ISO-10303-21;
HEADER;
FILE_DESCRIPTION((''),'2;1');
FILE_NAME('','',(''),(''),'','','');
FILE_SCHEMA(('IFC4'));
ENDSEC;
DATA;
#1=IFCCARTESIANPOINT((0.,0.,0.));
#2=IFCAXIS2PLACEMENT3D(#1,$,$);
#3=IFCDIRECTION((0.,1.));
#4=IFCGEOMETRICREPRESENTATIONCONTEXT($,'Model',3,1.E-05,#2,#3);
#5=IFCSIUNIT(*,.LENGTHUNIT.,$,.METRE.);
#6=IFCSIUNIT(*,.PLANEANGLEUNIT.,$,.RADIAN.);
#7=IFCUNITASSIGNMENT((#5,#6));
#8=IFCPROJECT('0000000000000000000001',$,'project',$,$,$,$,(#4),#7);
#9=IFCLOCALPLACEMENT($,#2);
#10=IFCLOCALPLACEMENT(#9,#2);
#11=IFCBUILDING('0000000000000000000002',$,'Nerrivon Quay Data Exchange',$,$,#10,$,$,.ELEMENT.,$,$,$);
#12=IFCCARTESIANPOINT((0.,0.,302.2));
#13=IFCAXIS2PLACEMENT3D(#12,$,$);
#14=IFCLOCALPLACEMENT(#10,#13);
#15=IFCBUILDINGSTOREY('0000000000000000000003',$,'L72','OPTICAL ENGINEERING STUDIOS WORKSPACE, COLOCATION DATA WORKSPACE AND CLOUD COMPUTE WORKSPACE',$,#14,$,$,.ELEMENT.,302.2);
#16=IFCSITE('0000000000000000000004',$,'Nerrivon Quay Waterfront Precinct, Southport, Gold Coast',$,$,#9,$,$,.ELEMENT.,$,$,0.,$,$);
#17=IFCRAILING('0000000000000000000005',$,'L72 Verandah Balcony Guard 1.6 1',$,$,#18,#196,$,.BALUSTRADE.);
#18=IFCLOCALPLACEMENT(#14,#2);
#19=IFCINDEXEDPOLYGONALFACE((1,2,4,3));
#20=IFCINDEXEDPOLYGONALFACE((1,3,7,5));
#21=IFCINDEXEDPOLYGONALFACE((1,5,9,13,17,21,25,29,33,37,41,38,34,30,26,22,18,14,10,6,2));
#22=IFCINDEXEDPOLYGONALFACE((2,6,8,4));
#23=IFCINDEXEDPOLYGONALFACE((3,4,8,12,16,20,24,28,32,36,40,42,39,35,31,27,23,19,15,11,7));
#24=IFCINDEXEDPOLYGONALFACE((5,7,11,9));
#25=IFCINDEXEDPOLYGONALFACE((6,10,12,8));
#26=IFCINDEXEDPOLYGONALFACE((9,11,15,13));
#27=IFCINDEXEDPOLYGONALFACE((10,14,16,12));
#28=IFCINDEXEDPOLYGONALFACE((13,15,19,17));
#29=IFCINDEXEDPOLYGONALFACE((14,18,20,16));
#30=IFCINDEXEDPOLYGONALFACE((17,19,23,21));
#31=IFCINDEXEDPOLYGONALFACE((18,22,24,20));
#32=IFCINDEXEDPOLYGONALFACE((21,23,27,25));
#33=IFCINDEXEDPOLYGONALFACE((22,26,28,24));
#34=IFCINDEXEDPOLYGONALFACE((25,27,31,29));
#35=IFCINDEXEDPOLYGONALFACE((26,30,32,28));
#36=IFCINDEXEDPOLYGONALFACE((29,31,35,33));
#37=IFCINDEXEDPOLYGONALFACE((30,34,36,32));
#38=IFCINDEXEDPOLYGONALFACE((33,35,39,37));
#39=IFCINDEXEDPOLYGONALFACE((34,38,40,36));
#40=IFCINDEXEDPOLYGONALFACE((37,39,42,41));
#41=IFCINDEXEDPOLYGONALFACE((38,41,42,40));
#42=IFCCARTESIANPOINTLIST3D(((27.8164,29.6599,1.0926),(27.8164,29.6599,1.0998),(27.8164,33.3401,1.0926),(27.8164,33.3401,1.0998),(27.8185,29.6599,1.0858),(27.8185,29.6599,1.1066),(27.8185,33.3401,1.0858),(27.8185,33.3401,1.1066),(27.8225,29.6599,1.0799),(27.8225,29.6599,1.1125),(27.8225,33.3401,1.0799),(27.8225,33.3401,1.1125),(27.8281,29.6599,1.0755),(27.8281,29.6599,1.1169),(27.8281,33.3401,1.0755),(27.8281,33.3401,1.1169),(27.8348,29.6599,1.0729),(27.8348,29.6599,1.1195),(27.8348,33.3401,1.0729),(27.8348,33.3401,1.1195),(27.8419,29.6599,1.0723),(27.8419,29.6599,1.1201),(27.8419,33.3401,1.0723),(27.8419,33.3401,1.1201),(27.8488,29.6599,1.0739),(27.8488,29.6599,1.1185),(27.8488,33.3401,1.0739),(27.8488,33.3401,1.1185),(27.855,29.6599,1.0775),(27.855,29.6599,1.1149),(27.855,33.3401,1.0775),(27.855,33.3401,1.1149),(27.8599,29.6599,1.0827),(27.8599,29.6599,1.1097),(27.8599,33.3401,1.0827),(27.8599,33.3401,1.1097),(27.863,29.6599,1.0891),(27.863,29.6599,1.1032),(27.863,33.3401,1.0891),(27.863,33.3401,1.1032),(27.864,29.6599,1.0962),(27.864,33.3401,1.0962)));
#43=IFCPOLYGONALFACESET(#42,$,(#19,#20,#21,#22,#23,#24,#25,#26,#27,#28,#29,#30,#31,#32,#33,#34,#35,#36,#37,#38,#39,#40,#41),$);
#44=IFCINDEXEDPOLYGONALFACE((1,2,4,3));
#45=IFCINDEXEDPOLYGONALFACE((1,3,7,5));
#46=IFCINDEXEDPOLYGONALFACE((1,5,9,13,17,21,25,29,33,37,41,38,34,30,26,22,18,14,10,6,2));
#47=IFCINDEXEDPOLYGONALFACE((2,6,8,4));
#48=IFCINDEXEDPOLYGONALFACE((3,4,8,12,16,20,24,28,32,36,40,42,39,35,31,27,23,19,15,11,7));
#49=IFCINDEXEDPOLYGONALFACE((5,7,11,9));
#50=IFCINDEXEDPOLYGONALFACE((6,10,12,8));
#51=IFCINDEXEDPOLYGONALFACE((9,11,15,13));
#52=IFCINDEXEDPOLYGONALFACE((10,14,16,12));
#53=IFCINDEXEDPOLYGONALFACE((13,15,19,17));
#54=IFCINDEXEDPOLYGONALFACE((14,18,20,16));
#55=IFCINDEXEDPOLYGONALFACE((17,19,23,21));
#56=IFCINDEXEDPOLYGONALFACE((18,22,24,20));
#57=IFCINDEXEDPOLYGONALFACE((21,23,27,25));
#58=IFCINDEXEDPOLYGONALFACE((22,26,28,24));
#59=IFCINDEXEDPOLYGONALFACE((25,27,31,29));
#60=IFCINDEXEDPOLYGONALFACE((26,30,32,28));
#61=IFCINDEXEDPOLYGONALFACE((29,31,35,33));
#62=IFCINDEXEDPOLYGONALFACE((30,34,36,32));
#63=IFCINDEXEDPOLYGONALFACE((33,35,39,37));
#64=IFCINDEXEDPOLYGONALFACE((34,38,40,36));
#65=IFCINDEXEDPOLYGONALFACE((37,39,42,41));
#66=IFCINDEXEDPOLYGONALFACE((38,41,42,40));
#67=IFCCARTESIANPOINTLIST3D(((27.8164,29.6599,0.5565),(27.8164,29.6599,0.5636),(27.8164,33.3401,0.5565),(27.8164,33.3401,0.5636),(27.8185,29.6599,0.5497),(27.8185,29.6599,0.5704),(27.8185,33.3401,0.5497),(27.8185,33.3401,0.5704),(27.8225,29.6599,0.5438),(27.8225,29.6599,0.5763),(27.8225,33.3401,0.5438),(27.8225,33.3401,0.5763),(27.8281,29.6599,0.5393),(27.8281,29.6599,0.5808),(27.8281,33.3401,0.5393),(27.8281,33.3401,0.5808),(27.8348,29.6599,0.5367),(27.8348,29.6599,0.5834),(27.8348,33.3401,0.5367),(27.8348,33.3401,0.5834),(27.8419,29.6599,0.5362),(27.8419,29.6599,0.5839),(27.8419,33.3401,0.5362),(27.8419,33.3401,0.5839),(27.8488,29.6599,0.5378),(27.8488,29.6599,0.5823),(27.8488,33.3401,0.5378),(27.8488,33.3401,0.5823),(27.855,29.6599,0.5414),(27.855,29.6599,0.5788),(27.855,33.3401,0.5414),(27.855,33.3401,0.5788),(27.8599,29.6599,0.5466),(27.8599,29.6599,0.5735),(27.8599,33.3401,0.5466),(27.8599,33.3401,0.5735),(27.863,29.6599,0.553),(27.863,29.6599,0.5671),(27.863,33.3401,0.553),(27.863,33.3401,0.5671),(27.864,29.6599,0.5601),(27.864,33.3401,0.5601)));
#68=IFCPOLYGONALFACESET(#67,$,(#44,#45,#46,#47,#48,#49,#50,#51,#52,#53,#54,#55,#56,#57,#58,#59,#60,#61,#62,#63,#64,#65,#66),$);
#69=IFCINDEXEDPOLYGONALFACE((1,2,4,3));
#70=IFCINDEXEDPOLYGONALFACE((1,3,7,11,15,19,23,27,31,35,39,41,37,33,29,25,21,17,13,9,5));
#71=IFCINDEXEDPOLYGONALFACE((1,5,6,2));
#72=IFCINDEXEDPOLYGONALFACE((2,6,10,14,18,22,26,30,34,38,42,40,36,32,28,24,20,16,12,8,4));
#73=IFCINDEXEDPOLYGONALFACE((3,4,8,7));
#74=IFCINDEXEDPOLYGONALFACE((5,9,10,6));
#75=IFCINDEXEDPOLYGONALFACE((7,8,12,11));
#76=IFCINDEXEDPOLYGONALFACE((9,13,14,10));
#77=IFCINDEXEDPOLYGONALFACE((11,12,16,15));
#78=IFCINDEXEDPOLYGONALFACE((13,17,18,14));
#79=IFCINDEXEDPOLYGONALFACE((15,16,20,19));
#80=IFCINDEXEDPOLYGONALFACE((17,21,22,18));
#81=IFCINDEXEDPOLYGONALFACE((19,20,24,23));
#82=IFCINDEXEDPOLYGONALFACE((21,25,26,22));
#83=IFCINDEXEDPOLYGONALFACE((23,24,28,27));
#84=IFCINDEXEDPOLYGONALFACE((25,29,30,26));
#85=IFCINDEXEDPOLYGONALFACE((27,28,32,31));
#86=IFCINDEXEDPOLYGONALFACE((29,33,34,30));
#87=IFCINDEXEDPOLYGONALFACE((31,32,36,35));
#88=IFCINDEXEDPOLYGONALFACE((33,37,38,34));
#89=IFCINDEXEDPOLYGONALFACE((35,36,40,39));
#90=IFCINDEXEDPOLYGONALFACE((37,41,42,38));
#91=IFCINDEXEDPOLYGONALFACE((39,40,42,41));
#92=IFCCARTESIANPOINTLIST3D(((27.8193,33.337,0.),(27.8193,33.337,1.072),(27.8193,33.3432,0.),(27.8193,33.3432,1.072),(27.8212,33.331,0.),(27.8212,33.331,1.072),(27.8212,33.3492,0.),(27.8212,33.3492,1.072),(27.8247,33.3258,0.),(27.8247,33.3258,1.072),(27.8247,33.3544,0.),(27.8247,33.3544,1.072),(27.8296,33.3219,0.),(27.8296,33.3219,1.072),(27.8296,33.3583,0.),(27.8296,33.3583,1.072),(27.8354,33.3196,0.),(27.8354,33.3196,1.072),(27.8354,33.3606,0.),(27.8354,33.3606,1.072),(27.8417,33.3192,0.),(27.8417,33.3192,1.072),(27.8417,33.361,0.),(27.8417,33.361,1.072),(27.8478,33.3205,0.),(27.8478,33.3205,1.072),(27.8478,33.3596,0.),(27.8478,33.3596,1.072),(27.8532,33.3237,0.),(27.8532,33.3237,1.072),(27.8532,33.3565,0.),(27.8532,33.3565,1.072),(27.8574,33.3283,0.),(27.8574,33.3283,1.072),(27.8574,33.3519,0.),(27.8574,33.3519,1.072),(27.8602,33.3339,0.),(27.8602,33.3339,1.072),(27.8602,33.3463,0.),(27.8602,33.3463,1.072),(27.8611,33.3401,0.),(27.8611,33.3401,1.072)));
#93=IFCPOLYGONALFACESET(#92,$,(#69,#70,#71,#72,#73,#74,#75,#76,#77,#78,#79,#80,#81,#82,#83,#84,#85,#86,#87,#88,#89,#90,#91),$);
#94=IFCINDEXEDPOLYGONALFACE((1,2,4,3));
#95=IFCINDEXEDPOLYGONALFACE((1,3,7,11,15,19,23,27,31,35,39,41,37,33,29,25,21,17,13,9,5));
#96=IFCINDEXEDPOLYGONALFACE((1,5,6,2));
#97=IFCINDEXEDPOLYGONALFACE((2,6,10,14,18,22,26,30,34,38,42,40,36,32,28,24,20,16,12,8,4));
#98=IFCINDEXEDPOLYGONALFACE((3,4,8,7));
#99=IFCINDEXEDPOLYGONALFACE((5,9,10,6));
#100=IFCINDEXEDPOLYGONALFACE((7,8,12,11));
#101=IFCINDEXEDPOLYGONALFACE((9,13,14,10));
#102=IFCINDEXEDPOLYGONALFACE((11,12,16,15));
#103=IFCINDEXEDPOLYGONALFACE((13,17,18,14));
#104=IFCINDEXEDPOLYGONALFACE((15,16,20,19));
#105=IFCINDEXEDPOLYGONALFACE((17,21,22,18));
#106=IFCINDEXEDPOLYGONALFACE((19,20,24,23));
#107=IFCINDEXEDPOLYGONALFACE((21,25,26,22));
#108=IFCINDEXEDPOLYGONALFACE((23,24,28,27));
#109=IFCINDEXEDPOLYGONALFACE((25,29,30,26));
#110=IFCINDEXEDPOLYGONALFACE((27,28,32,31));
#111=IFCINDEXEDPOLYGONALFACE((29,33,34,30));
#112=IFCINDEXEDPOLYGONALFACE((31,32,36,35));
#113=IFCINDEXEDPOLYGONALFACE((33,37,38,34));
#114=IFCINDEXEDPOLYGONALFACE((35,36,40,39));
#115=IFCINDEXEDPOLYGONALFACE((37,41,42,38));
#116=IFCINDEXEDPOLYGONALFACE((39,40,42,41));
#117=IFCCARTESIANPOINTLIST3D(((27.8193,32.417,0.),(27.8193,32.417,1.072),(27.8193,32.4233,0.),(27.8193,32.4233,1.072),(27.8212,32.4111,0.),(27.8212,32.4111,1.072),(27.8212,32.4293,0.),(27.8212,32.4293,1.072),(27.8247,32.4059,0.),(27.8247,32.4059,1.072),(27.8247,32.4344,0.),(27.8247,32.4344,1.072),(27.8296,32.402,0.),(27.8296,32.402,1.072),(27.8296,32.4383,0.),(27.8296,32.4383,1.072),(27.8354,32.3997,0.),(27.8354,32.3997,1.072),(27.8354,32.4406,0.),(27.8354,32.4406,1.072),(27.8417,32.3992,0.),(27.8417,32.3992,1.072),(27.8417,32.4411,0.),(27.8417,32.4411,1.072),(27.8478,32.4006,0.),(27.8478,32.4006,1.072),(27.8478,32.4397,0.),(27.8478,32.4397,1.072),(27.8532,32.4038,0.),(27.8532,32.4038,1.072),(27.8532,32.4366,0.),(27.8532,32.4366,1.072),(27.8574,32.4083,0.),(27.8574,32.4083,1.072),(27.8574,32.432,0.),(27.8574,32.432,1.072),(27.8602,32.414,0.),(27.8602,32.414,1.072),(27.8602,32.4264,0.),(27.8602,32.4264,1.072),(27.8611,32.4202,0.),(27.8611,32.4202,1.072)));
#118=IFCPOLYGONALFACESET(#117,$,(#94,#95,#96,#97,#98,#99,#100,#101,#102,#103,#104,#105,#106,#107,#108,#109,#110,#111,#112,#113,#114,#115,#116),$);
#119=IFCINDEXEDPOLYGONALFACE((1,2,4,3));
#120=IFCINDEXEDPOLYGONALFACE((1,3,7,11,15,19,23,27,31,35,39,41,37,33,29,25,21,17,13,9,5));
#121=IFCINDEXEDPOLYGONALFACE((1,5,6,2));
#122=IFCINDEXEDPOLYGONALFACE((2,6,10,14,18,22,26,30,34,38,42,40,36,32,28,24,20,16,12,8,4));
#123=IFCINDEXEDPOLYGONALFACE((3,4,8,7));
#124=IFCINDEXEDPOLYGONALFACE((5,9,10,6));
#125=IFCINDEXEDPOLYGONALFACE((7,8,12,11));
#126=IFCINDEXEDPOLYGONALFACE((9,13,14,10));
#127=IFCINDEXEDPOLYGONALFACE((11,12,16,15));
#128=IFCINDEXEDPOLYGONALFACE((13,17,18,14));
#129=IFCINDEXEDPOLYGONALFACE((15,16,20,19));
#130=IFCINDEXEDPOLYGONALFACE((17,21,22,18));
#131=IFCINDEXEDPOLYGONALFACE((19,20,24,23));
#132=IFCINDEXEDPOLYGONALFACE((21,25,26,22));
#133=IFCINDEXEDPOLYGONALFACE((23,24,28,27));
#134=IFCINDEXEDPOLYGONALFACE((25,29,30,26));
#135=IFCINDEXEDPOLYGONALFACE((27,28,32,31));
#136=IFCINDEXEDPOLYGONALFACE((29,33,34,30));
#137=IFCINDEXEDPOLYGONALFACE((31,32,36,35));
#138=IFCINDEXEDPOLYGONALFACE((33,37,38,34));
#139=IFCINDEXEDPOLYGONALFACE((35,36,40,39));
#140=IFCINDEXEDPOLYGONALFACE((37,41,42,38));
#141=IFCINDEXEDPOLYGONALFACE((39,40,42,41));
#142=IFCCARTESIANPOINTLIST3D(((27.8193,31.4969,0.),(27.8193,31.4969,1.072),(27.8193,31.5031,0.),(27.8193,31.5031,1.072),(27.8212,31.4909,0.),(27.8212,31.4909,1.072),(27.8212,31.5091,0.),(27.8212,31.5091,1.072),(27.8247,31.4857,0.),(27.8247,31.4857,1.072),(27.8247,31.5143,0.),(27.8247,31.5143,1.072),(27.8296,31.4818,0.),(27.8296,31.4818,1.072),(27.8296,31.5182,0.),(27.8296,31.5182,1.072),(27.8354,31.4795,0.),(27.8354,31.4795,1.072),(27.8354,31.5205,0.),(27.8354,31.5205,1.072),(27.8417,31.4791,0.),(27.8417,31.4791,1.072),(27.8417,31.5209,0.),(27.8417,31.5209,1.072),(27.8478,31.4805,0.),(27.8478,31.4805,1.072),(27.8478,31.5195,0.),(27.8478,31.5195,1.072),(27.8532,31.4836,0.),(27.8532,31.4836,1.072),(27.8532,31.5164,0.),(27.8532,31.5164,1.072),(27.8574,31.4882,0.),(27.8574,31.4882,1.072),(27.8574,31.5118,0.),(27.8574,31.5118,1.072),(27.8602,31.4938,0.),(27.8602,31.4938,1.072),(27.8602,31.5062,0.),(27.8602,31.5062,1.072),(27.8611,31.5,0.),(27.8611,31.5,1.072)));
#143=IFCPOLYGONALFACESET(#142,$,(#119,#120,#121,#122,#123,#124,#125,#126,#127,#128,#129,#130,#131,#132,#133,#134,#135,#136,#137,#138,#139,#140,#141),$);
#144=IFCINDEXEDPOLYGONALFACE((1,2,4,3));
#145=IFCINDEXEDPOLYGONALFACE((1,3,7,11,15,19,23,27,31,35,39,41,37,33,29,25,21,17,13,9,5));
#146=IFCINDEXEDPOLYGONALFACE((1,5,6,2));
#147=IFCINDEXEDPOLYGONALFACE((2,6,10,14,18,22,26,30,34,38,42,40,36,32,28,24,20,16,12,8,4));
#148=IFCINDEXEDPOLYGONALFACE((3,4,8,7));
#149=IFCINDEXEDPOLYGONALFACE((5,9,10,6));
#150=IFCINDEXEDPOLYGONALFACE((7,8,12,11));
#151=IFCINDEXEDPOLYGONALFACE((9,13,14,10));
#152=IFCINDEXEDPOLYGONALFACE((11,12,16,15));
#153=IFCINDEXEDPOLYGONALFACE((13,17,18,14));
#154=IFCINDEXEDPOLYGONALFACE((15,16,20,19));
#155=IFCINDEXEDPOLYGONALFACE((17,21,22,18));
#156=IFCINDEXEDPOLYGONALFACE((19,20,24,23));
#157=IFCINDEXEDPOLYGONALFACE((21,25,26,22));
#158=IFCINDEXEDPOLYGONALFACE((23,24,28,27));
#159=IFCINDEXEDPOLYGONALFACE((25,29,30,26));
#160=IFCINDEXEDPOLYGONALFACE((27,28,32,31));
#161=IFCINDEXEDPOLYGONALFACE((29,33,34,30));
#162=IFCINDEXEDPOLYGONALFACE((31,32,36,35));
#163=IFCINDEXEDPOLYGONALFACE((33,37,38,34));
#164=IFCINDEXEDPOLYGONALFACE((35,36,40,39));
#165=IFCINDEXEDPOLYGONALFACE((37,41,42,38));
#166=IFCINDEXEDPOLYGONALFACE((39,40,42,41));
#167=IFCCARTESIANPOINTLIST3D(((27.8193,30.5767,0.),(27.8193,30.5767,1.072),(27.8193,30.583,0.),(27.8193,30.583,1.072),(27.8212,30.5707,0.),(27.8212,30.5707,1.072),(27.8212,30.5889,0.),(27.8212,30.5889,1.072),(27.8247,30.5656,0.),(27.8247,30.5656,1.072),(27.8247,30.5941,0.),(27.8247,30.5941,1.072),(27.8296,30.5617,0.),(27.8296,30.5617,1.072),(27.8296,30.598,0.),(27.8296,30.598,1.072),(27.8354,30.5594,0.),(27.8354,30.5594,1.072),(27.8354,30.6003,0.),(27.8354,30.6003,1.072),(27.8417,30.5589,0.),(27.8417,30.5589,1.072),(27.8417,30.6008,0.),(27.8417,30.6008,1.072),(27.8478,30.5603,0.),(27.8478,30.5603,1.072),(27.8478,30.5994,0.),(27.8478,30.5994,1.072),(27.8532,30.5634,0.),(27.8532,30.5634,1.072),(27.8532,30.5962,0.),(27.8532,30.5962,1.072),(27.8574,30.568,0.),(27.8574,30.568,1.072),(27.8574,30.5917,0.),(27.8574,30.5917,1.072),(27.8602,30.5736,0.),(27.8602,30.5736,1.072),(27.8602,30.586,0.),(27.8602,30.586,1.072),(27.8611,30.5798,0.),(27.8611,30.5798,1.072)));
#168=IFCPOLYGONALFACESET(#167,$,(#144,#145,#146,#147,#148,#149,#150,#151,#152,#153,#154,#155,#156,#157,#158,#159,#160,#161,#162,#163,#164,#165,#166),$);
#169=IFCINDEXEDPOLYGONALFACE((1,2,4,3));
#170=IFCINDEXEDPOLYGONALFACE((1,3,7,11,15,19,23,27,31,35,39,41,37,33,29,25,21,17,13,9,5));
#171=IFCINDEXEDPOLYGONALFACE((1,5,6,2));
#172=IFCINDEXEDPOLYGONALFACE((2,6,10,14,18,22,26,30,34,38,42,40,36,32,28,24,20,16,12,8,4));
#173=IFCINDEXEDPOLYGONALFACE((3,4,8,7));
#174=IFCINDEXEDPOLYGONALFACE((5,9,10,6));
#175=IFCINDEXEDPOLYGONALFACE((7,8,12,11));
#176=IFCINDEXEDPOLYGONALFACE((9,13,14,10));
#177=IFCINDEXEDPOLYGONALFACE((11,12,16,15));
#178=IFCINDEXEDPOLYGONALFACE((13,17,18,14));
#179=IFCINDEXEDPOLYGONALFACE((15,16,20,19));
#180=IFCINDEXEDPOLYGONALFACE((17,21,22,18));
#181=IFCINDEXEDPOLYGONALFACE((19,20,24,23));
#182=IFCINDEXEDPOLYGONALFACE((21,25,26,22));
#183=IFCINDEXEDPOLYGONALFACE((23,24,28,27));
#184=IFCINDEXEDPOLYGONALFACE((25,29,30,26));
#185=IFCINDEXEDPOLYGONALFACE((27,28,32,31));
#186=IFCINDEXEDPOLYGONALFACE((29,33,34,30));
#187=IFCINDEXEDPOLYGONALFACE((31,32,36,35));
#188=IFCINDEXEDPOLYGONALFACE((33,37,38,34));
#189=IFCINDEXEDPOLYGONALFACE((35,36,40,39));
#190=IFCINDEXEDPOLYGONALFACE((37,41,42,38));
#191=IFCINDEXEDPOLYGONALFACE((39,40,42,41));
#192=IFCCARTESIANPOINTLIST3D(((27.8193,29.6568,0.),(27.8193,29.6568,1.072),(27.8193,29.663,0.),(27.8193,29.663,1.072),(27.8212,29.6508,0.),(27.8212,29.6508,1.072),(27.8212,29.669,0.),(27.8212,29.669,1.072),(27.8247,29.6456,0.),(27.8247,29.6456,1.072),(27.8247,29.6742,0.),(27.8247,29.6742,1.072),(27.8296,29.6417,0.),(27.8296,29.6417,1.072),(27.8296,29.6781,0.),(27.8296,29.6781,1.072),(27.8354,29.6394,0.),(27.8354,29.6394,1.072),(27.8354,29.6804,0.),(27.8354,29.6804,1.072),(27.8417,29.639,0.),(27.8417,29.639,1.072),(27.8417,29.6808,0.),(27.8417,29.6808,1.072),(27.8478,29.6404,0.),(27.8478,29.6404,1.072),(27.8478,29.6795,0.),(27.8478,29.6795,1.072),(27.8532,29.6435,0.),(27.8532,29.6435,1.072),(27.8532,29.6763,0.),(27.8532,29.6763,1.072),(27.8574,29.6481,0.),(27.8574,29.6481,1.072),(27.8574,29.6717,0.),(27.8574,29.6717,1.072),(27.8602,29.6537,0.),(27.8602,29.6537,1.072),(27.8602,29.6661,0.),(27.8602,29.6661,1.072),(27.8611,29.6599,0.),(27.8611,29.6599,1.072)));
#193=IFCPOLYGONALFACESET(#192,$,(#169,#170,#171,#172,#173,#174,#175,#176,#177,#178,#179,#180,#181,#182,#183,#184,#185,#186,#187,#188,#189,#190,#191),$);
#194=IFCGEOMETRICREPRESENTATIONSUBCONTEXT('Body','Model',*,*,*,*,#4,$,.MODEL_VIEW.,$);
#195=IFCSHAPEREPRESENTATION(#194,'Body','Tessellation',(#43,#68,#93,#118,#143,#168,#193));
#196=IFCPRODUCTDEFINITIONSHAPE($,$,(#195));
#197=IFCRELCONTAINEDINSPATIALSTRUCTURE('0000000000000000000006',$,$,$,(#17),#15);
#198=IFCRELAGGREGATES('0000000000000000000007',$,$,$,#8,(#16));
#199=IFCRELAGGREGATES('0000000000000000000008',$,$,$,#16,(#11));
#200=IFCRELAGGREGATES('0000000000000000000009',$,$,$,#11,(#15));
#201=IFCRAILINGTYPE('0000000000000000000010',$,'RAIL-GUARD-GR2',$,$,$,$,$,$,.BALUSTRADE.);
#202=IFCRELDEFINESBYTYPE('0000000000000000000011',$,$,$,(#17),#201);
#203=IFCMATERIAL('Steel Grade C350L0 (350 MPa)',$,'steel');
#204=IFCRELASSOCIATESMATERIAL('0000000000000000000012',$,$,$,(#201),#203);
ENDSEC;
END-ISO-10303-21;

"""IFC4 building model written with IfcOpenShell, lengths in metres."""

from ifc_helpers import new_model, si_unit, direction, frame, origin, origin_2d, place, context, subcontext, project, spatial, circle, extrude, material, type_object, element, save


model = new_model("IFC4")

# Units and contexts
model_context = context("Model", 3, precision=1e-05, world=origin(), true_north=direction((0.0, 1.0)))
body_context = subcontext(model_context, "Body", "Model", "MODEL_VIEW")
ifc_project = project(units=[si_unit("LENGTHUNIT", "METRE"), si_unit("PLANEANGLEUNIT", "RADIAN")], contexts=[model_context])

# Site, building, storey
site_placement = place(None, origin())
site = spatial("IfcSite", under=ifc_project, at=site_placement, Name="Nerrivon Quay Waterfront Precinct, Southport, Gold Coast", CompositionType="ELEMENT", RefElevation=0.0)
building_placement = place(site_placement, origin())
building = spatial("IfcBuilding", under=site, at=building_placement, Name="Nerrivon Quay Data Exchange", CompositionType="ELEMENT")
storey_placement = place(building_placement, frame((0.0, 0.0, 302.2)))
storey = spatial("IfcBuildingStorey", under=building, at=storey_placement, Name="L72", Description="OPTICAL ENGINEERING STUDIOS WORKSPACE, COLOCATION DATA WORKSPACE AND CLOUD COMPUTE WORKSPACE", CompositionType="ELEMENT", Elevation=302.2)

# Railing
ifc_material_1 = material(Name="Steel Grade C350L0 (350 MPa)", Category="steel")
railing_type = type_object("IfcRailingType", Name="RAIL-GUARD-GR2", PredefinedType="BALUSTRADE", material=ifc_material_1)
railing_1_placement = place(storey_placement, frame((27.8401, 33.3401, 0.0)))
element("IfcRailing", 1, at=railing_1_placement, inside=storey, type_object=railing_type, Name="L72 Verandah Balcony Guard 1.6 1", PredefinedType="BALUSTRADE", context=body_context, shape_type="SweptSolid", body=[
    extrude(circle(Radius=0.0239, at=origin_2d()), frame((0.0, 0.0, 1.0962), z_axis=(0.0, -1.0, 0.0), x_axis=(1.0, 0.0, 0.0)), (0.0, 0.0, 1.0), 3.6802),
    extrude(circle(Radius=0.0239, at=origin_2d()), frame((0.0, 0.0, 0.5601), z_axis=(0.0, -1.0, 0.0), x_axis=(1.0, 0.0, 0.0)), (0.0, 0.0, 1.0), 3.6802),
    extrude(circle(Radius=0.021, at=origin_2d()), origin(), (0.0, 0.0, 1.0), 1.072),
    extrude(circle(Radius=0.021, at=origin_2d()), frame((0.0, -0.9199, 0.0)), (0.0, 0.0, 1.0), 1.072),
    extrude(circle(Radius=0.021, at=origin_2d()), frame((0.0, -1.8401, 0.0)), (0.0, 0.0, 1.0), 1.072),
    extrude(circle(Radius=0.021, at=origin_2d()), frame((0.0, -2.7603, 0.0)), (0.0, 0.0, 1.0), 1.072),
    extrude(circle(Radius=0.021, at=origin_2d()), frame((0.0, -3.6802, 0.0)), (0.0, 0.0, 1.0), 1.072),
])

save(model, "model.ifc")
